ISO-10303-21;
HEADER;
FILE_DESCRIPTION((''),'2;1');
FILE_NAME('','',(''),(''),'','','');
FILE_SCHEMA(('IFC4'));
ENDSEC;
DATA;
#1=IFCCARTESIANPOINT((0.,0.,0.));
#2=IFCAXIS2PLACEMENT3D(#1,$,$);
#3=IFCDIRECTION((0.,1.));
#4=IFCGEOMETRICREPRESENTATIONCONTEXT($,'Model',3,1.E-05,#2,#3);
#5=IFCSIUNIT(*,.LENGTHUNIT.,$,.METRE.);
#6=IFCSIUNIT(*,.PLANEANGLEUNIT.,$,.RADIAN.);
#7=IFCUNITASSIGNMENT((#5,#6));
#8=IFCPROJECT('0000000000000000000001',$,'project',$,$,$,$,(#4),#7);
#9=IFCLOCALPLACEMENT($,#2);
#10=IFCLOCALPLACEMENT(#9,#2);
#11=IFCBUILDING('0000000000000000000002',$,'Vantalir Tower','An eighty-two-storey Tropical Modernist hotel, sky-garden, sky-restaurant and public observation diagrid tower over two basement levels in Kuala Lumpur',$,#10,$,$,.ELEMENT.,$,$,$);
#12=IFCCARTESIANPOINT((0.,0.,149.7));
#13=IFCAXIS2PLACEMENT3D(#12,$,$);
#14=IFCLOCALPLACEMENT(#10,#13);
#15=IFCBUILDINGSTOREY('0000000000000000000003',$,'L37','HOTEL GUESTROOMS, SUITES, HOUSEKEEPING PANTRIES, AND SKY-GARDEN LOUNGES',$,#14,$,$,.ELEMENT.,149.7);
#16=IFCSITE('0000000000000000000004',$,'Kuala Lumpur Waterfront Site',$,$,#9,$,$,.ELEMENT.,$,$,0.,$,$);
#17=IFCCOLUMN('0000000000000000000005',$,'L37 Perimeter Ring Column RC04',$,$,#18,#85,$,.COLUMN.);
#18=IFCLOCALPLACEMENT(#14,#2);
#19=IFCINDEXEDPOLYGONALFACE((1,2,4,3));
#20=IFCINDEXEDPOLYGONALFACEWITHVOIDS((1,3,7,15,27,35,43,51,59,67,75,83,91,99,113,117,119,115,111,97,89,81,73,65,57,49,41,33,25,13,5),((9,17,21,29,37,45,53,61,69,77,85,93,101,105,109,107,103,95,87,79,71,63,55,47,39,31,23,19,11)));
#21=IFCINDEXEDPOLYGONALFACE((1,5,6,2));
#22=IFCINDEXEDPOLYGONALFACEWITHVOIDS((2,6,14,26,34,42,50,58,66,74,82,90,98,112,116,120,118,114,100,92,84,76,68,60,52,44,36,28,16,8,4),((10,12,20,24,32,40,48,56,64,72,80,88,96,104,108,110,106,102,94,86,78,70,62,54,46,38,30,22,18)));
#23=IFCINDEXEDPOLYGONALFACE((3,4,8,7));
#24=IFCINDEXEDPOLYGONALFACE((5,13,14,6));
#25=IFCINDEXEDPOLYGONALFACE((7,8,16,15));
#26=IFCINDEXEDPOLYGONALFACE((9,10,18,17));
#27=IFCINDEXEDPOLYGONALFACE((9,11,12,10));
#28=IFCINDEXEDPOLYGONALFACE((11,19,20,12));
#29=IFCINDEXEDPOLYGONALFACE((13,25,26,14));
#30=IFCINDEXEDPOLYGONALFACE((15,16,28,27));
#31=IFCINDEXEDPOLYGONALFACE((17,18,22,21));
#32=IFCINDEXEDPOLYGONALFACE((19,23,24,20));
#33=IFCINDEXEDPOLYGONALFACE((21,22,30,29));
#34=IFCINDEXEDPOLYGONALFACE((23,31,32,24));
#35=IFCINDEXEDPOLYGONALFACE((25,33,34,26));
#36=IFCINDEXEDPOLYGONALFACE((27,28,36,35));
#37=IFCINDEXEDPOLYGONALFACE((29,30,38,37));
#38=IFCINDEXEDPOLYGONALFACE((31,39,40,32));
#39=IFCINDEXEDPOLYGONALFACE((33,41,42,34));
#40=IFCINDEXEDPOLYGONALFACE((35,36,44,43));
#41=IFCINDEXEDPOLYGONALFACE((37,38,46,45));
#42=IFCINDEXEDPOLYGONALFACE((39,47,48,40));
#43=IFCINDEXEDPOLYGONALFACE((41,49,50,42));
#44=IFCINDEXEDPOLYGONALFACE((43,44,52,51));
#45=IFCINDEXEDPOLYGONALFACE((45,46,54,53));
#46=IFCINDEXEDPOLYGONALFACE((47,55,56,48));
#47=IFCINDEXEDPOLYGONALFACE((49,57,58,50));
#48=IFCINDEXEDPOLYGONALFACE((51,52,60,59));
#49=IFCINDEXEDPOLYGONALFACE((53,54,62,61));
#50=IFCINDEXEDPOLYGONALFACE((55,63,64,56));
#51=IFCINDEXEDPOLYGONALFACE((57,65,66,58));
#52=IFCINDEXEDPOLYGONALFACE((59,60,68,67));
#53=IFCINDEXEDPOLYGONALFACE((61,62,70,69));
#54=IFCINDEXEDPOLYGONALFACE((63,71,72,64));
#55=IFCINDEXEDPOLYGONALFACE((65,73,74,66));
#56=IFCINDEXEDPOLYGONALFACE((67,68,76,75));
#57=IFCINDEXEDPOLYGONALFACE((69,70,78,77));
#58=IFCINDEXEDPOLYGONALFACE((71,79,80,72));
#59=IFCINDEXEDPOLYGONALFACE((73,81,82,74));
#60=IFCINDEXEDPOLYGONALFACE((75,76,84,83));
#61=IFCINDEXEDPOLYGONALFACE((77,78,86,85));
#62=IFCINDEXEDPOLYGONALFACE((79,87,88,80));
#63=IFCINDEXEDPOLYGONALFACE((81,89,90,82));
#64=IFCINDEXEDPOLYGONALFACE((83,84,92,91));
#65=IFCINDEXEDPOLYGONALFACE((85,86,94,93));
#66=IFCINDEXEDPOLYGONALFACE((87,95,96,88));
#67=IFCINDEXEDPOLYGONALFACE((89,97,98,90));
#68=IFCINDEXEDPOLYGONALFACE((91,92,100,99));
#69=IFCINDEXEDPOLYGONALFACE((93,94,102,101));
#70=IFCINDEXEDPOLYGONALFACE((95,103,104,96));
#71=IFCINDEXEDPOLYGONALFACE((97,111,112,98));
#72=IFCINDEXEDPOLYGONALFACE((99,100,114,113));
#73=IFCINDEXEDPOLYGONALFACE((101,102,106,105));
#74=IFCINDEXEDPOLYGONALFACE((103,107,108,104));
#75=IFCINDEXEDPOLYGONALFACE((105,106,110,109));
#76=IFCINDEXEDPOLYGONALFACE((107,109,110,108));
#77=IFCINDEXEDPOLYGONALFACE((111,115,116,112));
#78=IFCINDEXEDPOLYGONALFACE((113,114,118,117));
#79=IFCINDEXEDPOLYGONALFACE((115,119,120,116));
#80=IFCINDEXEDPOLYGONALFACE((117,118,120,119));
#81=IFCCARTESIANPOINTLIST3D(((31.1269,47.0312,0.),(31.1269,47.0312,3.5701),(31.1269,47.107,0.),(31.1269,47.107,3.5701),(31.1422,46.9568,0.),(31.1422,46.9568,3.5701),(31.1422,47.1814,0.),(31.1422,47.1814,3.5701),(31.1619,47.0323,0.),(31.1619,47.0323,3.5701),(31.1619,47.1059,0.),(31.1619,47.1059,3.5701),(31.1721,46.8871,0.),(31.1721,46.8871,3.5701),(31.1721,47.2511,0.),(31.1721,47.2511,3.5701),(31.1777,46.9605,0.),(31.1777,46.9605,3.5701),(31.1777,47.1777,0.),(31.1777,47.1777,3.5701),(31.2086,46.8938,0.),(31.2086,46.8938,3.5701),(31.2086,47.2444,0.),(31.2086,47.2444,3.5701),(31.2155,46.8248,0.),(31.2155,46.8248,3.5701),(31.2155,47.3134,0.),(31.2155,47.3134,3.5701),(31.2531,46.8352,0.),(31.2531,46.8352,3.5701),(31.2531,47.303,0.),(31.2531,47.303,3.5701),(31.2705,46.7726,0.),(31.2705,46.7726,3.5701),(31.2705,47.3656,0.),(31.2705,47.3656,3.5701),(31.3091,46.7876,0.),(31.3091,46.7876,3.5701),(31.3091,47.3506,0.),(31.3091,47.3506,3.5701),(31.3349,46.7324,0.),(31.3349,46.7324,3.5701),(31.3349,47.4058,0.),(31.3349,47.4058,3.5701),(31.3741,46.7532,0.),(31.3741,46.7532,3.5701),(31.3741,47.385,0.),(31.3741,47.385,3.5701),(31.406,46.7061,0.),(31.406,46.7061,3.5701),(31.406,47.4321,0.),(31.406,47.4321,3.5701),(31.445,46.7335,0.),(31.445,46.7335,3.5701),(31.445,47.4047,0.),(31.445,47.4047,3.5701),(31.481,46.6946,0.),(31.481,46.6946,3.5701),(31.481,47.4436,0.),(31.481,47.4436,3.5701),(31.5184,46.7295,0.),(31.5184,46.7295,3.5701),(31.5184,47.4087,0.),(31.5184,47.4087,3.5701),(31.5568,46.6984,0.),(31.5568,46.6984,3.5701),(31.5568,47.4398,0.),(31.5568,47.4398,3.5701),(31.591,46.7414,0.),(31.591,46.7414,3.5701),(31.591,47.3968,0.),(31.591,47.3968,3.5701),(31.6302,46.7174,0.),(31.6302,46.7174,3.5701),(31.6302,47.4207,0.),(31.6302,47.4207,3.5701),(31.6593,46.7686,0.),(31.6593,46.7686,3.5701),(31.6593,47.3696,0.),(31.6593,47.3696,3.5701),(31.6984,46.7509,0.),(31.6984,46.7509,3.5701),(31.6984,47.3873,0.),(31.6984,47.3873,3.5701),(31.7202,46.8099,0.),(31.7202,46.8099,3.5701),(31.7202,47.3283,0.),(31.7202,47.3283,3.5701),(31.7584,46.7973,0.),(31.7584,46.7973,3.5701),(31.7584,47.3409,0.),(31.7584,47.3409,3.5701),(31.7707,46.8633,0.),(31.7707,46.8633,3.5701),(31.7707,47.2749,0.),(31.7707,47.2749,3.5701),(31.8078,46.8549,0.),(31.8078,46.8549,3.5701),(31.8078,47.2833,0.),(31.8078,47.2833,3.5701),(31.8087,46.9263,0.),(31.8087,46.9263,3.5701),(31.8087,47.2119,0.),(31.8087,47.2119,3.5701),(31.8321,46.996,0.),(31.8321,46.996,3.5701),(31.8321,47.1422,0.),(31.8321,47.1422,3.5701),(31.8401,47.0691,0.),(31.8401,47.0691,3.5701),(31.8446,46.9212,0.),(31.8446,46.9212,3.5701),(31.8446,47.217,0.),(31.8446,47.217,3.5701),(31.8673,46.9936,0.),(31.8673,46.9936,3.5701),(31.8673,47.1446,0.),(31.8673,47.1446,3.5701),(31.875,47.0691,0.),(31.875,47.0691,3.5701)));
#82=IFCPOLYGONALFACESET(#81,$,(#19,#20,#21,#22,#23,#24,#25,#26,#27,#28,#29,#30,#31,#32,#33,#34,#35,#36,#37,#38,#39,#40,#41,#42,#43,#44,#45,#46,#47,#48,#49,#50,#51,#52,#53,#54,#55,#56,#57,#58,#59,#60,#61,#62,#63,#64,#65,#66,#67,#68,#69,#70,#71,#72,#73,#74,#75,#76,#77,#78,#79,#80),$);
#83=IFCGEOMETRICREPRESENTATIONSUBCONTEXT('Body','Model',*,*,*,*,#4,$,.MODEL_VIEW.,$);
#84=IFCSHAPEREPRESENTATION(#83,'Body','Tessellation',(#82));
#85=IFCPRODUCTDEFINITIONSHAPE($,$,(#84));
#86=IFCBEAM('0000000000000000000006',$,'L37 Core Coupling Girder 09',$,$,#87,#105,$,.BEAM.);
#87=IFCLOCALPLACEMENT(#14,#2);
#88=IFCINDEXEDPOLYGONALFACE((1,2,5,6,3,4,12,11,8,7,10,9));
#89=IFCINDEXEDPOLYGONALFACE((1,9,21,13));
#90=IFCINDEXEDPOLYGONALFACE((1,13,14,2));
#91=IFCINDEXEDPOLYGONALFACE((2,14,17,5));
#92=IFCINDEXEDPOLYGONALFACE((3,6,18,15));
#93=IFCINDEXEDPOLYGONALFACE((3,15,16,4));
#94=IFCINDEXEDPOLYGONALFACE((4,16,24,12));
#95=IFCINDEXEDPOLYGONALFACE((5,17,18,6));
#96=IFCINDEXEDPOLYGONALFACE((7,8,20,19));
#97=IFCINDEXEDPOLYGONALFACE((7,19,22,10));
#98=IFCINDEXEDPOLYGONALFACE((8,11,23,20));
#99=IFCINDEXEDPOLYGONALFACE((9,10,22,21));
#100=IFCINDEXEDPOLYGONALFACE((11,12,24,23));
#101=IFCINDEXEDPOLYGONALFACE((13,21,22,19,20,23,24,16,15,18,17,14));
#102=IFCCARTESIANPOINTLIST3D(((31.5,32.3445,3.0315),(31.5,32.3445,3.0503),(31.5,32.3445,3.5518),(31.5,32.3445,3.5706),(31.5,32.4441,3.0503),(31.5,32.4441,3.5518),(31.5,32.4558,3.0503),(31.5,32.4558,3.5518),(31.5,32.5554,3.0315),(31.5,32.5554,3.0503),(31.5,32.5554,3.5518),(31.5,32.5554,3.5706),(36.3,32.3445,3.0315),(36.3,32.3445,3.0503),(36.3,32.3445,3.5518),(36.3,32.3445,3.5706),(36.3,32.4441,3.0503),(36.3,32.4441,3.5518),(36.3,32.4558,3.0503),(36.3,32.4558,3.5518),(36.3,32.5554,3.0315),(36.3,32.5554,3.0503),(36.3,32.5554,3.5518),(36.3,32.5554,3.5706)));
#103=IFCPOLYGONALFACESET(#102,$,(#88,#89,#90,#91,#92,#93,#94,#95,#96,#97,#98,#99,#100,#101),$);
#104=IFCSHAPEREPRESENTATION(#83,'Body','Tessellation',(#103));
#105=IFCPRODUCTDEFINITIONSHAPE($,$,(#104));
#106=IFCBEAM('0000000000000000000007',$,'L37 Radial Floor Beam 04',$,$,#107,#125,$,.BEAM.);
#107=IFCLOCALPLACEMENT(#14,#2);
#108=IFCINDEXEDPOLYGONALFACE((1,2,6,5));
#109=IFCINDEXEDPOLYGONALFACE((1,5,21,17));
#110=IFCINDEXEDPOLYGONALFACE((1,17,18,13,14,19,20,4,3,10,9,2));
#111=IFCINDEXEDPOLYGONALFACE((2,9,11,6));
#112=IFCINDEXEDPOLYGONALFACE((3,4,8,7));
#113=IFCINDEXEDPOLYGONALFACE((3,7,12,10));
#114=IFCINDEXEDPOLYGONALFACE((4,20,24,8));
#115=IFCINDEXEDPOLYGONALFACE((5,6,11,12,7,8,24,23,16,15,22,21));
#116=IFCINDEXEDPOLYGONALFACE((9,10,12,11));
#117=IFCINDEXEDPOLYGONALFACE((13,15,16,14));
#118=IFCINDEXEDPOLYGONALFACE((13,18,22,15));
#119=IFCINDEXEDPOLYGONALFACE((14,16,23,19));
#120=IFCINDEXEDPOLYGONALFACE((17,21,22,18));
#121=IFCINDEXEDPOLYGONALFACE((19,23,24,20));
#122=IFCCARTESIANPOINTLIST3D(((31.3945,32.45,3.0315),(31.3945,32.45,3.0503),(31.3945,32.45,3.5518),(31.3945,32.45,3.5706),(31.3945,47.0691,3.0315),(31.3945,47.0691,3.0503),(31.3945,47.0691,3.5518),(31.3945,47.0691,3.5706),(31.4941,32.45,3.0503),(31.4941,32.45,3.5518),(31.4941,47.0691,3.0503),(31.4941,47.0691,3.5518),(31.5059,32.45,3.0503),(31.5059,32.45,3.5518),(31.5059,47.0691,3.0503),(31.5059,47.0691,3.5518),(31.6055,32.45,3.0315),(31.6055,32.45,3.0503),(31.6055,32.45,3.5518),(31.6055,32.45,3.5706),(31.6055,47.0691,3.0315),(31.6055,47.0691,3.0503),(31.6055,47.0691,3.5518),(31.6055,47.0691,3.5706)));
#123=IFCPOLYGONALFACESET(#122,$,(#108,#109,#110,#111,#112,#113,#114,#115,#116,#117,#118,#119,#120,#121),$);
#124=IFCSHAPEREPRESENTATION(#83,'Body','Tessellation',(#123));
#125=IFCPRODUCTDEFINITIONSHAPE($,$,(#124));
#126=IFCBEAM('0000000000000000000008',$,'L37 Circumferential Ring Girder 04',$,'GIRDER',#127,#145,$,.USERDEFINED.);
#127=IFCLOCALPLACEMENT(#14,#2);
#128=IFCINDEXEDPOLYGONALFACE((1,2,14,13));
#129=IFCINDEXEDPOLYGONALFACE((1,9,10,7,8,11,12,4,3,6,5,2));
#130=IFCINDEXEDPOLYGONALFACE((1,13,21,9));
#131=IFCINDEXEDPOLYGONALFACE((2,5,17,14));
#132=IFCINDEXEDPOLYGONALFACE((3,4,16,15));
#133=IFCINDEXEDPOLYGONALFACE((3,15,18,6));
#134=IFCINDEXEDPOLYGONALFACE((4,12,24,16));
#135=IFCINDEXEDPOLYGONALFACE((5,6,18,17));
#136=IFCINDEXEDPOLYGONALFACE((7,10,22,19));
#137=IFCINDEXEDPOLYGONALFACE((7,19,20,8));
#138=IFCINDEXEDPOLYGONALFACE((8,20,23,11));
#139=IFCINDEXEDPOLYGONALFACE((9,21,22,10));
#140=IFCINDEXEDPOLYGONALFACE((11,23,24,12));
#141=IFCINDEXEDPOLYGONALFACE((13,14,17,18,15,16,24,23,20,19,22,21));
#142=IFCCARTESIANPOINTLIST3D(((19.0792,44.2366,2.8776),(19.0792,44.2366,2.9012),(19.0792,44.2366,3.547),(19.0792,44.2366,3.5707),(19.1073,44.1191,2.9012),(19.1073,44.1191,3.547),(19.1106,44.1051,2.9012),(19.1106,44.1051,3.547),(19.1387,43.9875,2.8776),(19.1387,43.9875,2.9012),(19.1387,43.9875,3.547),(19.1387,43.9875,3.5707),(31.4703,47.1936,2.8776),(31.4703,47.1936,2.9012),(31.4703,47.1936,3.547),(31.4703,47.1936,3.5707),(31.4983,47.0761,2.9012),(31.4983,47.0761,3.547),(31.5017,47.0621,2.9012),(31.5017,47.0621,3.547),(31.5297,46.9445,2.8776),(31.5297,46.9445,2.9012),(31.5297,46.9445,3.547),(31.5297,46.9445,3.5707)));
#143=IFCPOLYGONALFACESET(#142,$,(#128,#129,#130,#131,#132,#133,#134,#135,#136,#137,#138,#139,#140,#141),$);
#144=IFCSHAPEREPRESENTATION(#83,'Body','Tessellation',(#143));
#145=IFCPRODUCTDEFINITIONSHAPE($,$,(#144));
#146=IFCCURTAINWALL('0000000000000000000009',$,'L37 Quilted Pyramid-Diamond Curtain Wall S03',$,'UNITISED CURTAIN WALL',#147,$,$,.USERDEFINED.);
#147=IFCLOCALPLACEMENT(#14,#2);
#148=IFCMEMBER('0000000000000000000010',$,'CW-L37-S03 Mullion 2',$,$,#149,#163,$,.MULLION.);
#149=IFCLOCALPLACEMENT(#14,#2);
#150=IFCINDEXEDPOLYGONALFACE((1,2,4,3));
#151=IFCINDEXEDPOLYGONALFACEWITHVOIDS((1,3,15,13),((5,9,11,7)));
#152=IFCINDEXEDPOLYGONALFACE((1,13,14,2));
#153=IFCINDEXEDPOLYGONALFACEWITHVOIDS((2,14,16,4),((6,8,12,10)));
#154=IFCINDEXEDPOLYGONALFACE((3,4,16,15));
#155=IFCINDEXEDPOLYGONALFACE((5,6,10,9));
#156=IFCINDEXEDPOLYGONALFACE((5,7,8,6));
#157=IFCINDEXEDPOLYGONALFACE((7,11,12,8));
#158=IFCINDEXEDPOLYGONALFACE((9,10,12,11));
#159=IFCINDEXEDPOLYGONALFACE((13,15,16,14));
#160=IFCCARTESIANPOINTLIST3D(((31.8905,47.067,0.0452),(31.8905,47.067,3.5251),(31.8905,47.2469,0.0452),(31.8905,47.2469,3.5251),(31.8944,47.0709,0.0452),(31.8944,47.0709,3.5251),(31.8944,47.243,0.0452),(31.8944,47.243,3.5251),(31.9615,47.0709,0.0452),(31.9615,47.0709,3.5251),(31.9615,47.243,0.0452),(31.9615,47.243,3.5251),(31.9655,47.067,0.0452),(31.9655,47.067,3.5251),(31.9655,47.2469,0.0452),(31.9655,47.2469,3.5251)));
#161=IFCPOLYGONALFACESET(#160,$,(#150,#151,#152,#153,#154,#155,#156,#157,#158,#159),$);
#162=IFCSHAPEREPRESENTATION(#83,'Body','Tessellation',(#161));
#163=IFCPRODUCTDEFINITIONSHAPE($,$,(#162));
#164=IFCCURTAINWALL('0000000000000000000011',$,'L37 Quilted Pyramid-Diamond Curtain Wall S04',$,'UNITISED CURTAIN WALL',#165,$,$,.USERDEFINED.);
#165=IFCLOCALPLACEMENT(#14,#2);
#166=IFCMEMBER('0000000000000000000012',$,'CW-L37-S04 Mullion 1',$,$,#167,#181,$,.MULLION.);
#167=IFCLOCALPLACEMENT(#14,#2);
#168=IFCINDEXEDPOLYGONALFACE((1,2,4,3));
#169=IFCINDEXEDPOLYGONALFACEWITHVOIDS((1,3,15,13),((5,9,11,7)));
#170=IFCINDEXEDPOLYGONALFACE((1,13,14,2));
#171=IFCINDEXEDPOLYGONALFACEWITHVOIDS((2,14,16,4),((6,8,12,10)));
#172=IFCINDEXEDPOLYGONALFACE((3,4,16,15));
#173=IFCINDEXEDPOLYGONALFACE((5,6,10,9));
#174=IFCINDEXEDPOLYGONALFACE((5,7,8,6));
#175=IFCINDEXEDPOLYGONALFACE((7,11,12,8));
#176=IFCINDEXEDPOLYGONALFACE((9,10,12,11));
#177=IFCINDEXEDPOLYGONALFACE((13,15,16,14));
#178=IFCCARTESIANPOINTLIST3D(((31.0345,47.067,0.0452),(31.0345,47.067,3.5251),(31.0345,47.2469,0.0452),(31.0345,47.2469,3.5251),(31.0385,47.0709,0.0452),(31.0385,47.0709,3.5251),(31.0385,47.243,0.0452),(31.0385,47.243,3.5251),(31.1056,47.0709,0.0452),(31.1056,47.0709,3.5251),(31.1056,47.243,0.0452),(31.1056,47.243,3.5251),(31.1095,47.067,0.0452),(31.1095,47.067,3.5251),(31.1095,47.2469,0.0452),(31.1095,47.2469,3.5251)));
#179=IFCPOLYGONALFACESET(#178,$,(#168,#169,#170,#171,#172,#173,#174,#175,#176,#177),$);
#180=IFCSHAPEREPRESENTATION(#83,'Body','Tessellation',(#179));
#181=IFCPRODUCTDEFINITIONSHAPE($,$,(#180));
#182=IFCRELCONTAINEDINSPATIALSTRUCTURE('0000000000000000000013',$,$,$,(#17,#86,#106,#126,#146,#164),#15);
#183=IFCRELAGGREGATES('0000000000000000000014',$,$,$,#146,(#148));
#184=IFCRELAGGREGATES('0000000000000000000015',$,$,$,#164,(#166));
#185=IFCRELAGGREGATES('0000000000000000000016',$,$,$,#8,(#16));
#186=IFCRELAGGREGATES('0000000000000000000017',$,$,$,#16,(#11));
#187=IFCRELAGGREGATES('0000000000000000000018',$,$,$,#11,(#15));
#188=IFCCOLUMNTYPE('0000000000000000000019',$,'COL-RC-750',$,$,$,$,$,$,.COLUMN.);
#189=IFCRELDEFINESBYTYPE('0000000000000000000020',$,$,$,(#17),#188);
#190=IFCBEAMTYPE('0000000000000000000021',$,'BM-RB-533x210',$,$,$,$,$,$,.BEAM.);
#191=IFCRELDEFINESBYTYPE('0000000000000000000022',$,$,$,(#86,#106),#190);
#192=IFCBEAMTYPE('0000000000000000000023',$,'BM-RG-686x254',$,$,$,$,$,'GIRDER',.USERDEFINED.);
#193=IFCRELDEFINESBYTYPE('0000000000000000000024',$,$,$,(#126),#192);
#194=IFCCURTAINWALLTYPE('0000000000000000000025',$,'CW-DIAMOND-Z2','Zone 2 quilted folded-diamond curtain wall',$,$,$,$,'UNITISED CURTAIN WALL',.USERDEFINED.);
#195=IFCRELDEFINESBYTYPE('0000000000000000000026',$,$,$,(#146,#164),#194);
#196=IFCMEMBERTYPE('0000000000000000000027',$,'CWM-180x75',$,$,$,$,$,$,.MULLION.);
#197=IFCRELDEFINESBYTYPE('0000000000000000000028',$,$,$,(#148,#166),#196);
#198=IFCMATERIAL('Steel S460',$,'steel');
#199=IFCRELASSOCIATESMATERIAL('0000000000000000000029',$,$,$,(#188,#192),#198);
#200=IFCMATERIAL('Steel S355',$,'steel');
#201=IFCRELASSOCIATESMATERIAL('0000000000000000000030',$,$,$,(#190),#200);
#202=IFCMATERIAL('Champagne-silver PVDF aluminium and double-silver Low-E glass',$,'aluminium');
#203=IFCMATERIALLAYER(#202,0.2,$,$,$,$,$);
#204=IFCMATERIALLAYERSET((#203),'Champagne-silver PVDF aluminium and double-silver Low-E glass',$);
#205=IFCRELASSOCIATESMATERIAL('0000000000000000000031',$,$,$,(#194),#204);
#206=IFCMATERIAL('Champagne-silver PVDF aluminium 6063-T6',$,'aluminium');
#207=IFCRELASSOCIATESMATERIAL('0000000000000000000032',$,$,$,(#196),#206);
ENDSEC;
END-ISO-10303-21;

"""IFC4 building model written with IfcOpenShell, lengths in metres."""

from ifc_helpers import new_model, si_unit, direction, frame, origin, origin_2d, place, context, subcontext, project, spatial, hollow_rectangle, hollow_circle, i_section, extrude, material, layer, layer_set, material_profile, profile_set, type_object, element, aggregate, save


model = new_model("IFC4")

# Units and contexts
model_context = context("Model", 3, precision=1e-05, world=origin(), true_north=direction((0.0, 1.0)))
body_context = subcontext(model_context, "Body", "Model", "MODEL_VIEW")
ifc_project = project(units=[si_unit("LENGTHUNIT", "METRE"), si_unit("PLANEANGLEUNIT", "RADIAN")], contexts=[model_context])

# Site, building, storey
site_placement = place(None, origin())
site = spatial("IfcSite", under=ifc_project, at=site_placement, Name="Kuala Lumpur Waterfront Site", CompositionType="ELEMENT", RefElevation=0.0)
building_placement = place(site_placement, origin())
building = spatial("IfcBuilding", under=site, at=building_placement, Name="Vantalir Tower", Description="An eighty-two-storey Tropical Modernist hotel, sky-garden, sky-restaurant and public observation diagrid tower over two basement levels in Kuala Lumpur", CompositionType="ELEMENT")
storey_placement = place(building_placement, frame((0.0, 0.0, 149.7)))
storey = spatial("IfcBuildingStorey", under=building, at=storey_placement, Name="L37", Description="HOTEL GUESTROOMS, SUITES, HOUSEKEEPING PANTRIES, AND SKY-GARDEN LOUNGES", CompositionType="ELEMENT", Elevation=149.7)

# Column
ifc_material_1 = material(Name="Steel S460", Category="steel")
ifc_material_profile_1 = material_profile(ifc_material_1, hollow_circle(Radius=0.375, WallThickness=0.0349, at=origin_2d()), Name="Steel S460")
ifc_profile_set_1 = profile_set([ifc_material_profile_1], Name="Steel S460")
column_type = type_object("IfcColumnType", Name="COL-RC-750", PredefinedType="COLUMN", material=ifc_profile_set_1)
column_placement = place(storey_placement, frame((31.5, 47.0691, 0.0), z_axis=(0.0, 0.0, 1.0), x_axis=(1.0, 0.0, 0.0)))
element("IfcColumn", 1, at=column_placement, inside=storey, type_object=column_type, Name="L37 Perimeter Ring Column RC04", PredefinedType="COLUMN", context=body_context, shape_type="SweptSolid", body=[
    extrude(hollow_circle(Radius=0.375, WallThickness=0.0349, at=origin_2d()), origin(), (0.0, 0.0, 1.0), 3.5701),
])

# Beams
ifc_material_2 = material(Name="Steel S355", Category="steel")
ifc_material_profile_2 = material_profile(ifc_material_2, i_section(OverallWidth=0.2109, OverallDepth=0.5391, WebThickness=0.0117, FlangeThickness=0.0188, at=origin_2d()), Name="Steel S355")
ifc_profile_set_2 = profile_set([ifc_material_profile_2], Name="Steel S355")
beam_type_1 = type_object("IfcBeamType", Name="BM-RB-533x210", PredefinedType="BEAM", material=ifc_profile_set_2)
beam_1_placement = place(storey_placement, frame((36.3, 32.45, 3.301), z_axis=(-1.0, 0.0, 0.0), x_axis=(0.0, -1.0, 0.0)))
element("IfcBeam", 2, at=beam_1_placement, inside=storey, type_object=beam_type_1, Name="L37 Core Coupling Girder 09", PredefinedType="BEAM", context=body_context, shape_type="SweptSolid", body=[
    extrude(i_section(OverallWidth=0.2109, OverallDepth=0.5391, WebThickness=0.0117, FlangeThickness=0.0188, at=origin_2d()), origin(), (0.0, 0.0, 1.0), 4.8),
])
beam_2_placement = place(storey_placement, frame((31.5, 47.0691, 3.301), z_axis=(0.0, -1.0, 0.0), x_axis=(1.0, 0.0, 0.0)))
element("IfcBeam", 3, at=beam_2_placement, inside=storey, type_object=beam_type_1, Name="L37 Radial Floor Beam 04", PredefinedType="BEAM", context=body_context, shape_type="SweptSolid", body=[
    extrude(i_section(OverallWidth=0.2109, OverallDepth=0.5391, WebThickness=0.0117, FlangeThickness=0.0188, at=origin_2d()), origin(), (0.0, 0.0, 1.0), 14.6191),
])
ifc_material_profile_3 = material_profile(ifc_material_1, i_section(OverallWidth=0.2561, OverallDepth=0.6931, WebThickness=0.0144, FlangeThickness=0.0237, at=origin_2d()), Name="Steel S460")
ifc_profile_set_3 = profile_set([ifc_material_profile_3], Name="Steel S460")
beam_type_2 = type_object("IfcBeamType", Name="BM-RG-686x254", ElementType="GIRDER", PredefinedType="USERDEFINED", material=ifc_profile_set_3)
beam_3_placement = place(storey_placement, frame((31.5, 47.0691, 3.2241), z_axis=(-0.972686, -0.232123, 0.0), x_axis=(0.232123, -0.972686, 0.0)))
element("IfcBeam", 4, at=beam_3_placement, inside=storey, type_object=beam_type_2, Name="L37 Circumferential Ring Girder 04", ObjectType="GIRDER", PredefinedType="USERDEFINED", context=body_context, shape_type="SweptSolid", body=[
    extrude(i_section(OverallWidth=0.2561, OverallDepth=0.6931, WebThickness=0.0144, FlangeThickness=0.0237, at=origin_2d()), origin(), (0.0, 0.0, 1.0), 12.739),
])

# Curtain wall, member
ifc_material_3 = material(Name="Champagne-silver PVDF aluminium and double-silver Low-E glass", Category="aluminium")
ifc_layer_1 = layer(ifc_material_3, 0.2)
ifc_layer_set_1 = layer_set([ifc_layer_1], Name="Champagne-silver PVDF aluminium and double-silver Low-E glass")
curtain_wall_type = type_object("IfcCurtainWallType", Name="CW-DIAMOND-Z2", Description="Zone 2 quilted folded-diamond curtain wall", ElementType="UNITISED CURTAIN WALL", PredefinedType="USERDEFINED", material=ifc_layer_set_1)
curtain_wall_1_placement = place(storey_placement, origin())
curtain_wall_1 = element("IfcCurtainWall", 5, at=curtain_wall_1_placement, inside=storey, type_object=curtain_wall_type, Name="L37 Quilted Pyramid-Diamond Curtain Wall S03", ObjectType="UNITISED CURTAIN WALL", PredefinedType="USERDEFINED")
ifc_material_4 = material(Name="Champagne-silver PVDF aluminium 6063-T6", Category="aluminium")
ifc_material_profile_4 = material_profile(ifc_material_4, hollow_rectangle(XDim=0.075, YDim=0.1799, WallThickness=0.0039, at=origin_2d()), Name="Champagne-silver PVDF aluminium 6063-T6")
ifc_profile_set_4 = profile_set([ifc_material_profile_4], Name="Champagne-silver PVDF aluminium 6063-T6")
member_type_1 = type_object("IfcMemberType", Name="CWM-180x75", PredefinedType="MULLION", material=ifc_profile_set_4)
member_1_placement = place(storey_placement, frame((31.928, 47.157, 0.0452), z_axis=(0.0, 0.0, 1.0), x_axis=(1.0, 0.0, 0.0)))
member_1 = element("IfcMember", 6, at=member_1_placement, type_object=member_type_1, Name="CW-L37-S03 Mullion 2", PredefinedType="MULLION", context=body_context, shape_type="SweptSolid", body=[
    extrude(hollow_rectangle(XDim=0.075, YDim=0.1799, WallThickness=0.0039, at=origin_2d()), origin(), (0.0, 0.0, 1.0), 3.48),
])

# Curtain wall, member
curtain_wall_2_placement = place(storey_placement, origin())
curtain_wall_2 = element("IfcCurtainWall", 7, at=curtain_wall_2_placement, inside=storey, type_object=curtain_wall_type, Name="L37 Quilted Pyramid-Diamond Curtain Wall S04", ObjectType="UNITISED CURTAIN WALL", PredefinedType="USERDEFINED")
member_2_placement = place(storey_placement, frame((31.072, 47.157, 0.0452), z_axis=(0.0, 0.0, 1.0), x_axis=(1.0, 0.0, 0.0)))
member_2 = element("IfcMember", 8, at=member_2_placement, type_object=member_type_1, Name="CW-L37-S04 Mullion 1", PredefinedType="MULLION", context=body_context, shape_type="SweptSolid", body=[
    extrude(hollow_rectangle(XDim=0.075, YDim=0.1799, WallThickness=0.0039, at=origin_2d()), origin(), (0.0, 0.0, 1.0), 3.48),
])

aggregate(curtain_wall_1, [member_1])
aggregate(curtain_wall_2, [member_2])

save(model, "model.ifc")
